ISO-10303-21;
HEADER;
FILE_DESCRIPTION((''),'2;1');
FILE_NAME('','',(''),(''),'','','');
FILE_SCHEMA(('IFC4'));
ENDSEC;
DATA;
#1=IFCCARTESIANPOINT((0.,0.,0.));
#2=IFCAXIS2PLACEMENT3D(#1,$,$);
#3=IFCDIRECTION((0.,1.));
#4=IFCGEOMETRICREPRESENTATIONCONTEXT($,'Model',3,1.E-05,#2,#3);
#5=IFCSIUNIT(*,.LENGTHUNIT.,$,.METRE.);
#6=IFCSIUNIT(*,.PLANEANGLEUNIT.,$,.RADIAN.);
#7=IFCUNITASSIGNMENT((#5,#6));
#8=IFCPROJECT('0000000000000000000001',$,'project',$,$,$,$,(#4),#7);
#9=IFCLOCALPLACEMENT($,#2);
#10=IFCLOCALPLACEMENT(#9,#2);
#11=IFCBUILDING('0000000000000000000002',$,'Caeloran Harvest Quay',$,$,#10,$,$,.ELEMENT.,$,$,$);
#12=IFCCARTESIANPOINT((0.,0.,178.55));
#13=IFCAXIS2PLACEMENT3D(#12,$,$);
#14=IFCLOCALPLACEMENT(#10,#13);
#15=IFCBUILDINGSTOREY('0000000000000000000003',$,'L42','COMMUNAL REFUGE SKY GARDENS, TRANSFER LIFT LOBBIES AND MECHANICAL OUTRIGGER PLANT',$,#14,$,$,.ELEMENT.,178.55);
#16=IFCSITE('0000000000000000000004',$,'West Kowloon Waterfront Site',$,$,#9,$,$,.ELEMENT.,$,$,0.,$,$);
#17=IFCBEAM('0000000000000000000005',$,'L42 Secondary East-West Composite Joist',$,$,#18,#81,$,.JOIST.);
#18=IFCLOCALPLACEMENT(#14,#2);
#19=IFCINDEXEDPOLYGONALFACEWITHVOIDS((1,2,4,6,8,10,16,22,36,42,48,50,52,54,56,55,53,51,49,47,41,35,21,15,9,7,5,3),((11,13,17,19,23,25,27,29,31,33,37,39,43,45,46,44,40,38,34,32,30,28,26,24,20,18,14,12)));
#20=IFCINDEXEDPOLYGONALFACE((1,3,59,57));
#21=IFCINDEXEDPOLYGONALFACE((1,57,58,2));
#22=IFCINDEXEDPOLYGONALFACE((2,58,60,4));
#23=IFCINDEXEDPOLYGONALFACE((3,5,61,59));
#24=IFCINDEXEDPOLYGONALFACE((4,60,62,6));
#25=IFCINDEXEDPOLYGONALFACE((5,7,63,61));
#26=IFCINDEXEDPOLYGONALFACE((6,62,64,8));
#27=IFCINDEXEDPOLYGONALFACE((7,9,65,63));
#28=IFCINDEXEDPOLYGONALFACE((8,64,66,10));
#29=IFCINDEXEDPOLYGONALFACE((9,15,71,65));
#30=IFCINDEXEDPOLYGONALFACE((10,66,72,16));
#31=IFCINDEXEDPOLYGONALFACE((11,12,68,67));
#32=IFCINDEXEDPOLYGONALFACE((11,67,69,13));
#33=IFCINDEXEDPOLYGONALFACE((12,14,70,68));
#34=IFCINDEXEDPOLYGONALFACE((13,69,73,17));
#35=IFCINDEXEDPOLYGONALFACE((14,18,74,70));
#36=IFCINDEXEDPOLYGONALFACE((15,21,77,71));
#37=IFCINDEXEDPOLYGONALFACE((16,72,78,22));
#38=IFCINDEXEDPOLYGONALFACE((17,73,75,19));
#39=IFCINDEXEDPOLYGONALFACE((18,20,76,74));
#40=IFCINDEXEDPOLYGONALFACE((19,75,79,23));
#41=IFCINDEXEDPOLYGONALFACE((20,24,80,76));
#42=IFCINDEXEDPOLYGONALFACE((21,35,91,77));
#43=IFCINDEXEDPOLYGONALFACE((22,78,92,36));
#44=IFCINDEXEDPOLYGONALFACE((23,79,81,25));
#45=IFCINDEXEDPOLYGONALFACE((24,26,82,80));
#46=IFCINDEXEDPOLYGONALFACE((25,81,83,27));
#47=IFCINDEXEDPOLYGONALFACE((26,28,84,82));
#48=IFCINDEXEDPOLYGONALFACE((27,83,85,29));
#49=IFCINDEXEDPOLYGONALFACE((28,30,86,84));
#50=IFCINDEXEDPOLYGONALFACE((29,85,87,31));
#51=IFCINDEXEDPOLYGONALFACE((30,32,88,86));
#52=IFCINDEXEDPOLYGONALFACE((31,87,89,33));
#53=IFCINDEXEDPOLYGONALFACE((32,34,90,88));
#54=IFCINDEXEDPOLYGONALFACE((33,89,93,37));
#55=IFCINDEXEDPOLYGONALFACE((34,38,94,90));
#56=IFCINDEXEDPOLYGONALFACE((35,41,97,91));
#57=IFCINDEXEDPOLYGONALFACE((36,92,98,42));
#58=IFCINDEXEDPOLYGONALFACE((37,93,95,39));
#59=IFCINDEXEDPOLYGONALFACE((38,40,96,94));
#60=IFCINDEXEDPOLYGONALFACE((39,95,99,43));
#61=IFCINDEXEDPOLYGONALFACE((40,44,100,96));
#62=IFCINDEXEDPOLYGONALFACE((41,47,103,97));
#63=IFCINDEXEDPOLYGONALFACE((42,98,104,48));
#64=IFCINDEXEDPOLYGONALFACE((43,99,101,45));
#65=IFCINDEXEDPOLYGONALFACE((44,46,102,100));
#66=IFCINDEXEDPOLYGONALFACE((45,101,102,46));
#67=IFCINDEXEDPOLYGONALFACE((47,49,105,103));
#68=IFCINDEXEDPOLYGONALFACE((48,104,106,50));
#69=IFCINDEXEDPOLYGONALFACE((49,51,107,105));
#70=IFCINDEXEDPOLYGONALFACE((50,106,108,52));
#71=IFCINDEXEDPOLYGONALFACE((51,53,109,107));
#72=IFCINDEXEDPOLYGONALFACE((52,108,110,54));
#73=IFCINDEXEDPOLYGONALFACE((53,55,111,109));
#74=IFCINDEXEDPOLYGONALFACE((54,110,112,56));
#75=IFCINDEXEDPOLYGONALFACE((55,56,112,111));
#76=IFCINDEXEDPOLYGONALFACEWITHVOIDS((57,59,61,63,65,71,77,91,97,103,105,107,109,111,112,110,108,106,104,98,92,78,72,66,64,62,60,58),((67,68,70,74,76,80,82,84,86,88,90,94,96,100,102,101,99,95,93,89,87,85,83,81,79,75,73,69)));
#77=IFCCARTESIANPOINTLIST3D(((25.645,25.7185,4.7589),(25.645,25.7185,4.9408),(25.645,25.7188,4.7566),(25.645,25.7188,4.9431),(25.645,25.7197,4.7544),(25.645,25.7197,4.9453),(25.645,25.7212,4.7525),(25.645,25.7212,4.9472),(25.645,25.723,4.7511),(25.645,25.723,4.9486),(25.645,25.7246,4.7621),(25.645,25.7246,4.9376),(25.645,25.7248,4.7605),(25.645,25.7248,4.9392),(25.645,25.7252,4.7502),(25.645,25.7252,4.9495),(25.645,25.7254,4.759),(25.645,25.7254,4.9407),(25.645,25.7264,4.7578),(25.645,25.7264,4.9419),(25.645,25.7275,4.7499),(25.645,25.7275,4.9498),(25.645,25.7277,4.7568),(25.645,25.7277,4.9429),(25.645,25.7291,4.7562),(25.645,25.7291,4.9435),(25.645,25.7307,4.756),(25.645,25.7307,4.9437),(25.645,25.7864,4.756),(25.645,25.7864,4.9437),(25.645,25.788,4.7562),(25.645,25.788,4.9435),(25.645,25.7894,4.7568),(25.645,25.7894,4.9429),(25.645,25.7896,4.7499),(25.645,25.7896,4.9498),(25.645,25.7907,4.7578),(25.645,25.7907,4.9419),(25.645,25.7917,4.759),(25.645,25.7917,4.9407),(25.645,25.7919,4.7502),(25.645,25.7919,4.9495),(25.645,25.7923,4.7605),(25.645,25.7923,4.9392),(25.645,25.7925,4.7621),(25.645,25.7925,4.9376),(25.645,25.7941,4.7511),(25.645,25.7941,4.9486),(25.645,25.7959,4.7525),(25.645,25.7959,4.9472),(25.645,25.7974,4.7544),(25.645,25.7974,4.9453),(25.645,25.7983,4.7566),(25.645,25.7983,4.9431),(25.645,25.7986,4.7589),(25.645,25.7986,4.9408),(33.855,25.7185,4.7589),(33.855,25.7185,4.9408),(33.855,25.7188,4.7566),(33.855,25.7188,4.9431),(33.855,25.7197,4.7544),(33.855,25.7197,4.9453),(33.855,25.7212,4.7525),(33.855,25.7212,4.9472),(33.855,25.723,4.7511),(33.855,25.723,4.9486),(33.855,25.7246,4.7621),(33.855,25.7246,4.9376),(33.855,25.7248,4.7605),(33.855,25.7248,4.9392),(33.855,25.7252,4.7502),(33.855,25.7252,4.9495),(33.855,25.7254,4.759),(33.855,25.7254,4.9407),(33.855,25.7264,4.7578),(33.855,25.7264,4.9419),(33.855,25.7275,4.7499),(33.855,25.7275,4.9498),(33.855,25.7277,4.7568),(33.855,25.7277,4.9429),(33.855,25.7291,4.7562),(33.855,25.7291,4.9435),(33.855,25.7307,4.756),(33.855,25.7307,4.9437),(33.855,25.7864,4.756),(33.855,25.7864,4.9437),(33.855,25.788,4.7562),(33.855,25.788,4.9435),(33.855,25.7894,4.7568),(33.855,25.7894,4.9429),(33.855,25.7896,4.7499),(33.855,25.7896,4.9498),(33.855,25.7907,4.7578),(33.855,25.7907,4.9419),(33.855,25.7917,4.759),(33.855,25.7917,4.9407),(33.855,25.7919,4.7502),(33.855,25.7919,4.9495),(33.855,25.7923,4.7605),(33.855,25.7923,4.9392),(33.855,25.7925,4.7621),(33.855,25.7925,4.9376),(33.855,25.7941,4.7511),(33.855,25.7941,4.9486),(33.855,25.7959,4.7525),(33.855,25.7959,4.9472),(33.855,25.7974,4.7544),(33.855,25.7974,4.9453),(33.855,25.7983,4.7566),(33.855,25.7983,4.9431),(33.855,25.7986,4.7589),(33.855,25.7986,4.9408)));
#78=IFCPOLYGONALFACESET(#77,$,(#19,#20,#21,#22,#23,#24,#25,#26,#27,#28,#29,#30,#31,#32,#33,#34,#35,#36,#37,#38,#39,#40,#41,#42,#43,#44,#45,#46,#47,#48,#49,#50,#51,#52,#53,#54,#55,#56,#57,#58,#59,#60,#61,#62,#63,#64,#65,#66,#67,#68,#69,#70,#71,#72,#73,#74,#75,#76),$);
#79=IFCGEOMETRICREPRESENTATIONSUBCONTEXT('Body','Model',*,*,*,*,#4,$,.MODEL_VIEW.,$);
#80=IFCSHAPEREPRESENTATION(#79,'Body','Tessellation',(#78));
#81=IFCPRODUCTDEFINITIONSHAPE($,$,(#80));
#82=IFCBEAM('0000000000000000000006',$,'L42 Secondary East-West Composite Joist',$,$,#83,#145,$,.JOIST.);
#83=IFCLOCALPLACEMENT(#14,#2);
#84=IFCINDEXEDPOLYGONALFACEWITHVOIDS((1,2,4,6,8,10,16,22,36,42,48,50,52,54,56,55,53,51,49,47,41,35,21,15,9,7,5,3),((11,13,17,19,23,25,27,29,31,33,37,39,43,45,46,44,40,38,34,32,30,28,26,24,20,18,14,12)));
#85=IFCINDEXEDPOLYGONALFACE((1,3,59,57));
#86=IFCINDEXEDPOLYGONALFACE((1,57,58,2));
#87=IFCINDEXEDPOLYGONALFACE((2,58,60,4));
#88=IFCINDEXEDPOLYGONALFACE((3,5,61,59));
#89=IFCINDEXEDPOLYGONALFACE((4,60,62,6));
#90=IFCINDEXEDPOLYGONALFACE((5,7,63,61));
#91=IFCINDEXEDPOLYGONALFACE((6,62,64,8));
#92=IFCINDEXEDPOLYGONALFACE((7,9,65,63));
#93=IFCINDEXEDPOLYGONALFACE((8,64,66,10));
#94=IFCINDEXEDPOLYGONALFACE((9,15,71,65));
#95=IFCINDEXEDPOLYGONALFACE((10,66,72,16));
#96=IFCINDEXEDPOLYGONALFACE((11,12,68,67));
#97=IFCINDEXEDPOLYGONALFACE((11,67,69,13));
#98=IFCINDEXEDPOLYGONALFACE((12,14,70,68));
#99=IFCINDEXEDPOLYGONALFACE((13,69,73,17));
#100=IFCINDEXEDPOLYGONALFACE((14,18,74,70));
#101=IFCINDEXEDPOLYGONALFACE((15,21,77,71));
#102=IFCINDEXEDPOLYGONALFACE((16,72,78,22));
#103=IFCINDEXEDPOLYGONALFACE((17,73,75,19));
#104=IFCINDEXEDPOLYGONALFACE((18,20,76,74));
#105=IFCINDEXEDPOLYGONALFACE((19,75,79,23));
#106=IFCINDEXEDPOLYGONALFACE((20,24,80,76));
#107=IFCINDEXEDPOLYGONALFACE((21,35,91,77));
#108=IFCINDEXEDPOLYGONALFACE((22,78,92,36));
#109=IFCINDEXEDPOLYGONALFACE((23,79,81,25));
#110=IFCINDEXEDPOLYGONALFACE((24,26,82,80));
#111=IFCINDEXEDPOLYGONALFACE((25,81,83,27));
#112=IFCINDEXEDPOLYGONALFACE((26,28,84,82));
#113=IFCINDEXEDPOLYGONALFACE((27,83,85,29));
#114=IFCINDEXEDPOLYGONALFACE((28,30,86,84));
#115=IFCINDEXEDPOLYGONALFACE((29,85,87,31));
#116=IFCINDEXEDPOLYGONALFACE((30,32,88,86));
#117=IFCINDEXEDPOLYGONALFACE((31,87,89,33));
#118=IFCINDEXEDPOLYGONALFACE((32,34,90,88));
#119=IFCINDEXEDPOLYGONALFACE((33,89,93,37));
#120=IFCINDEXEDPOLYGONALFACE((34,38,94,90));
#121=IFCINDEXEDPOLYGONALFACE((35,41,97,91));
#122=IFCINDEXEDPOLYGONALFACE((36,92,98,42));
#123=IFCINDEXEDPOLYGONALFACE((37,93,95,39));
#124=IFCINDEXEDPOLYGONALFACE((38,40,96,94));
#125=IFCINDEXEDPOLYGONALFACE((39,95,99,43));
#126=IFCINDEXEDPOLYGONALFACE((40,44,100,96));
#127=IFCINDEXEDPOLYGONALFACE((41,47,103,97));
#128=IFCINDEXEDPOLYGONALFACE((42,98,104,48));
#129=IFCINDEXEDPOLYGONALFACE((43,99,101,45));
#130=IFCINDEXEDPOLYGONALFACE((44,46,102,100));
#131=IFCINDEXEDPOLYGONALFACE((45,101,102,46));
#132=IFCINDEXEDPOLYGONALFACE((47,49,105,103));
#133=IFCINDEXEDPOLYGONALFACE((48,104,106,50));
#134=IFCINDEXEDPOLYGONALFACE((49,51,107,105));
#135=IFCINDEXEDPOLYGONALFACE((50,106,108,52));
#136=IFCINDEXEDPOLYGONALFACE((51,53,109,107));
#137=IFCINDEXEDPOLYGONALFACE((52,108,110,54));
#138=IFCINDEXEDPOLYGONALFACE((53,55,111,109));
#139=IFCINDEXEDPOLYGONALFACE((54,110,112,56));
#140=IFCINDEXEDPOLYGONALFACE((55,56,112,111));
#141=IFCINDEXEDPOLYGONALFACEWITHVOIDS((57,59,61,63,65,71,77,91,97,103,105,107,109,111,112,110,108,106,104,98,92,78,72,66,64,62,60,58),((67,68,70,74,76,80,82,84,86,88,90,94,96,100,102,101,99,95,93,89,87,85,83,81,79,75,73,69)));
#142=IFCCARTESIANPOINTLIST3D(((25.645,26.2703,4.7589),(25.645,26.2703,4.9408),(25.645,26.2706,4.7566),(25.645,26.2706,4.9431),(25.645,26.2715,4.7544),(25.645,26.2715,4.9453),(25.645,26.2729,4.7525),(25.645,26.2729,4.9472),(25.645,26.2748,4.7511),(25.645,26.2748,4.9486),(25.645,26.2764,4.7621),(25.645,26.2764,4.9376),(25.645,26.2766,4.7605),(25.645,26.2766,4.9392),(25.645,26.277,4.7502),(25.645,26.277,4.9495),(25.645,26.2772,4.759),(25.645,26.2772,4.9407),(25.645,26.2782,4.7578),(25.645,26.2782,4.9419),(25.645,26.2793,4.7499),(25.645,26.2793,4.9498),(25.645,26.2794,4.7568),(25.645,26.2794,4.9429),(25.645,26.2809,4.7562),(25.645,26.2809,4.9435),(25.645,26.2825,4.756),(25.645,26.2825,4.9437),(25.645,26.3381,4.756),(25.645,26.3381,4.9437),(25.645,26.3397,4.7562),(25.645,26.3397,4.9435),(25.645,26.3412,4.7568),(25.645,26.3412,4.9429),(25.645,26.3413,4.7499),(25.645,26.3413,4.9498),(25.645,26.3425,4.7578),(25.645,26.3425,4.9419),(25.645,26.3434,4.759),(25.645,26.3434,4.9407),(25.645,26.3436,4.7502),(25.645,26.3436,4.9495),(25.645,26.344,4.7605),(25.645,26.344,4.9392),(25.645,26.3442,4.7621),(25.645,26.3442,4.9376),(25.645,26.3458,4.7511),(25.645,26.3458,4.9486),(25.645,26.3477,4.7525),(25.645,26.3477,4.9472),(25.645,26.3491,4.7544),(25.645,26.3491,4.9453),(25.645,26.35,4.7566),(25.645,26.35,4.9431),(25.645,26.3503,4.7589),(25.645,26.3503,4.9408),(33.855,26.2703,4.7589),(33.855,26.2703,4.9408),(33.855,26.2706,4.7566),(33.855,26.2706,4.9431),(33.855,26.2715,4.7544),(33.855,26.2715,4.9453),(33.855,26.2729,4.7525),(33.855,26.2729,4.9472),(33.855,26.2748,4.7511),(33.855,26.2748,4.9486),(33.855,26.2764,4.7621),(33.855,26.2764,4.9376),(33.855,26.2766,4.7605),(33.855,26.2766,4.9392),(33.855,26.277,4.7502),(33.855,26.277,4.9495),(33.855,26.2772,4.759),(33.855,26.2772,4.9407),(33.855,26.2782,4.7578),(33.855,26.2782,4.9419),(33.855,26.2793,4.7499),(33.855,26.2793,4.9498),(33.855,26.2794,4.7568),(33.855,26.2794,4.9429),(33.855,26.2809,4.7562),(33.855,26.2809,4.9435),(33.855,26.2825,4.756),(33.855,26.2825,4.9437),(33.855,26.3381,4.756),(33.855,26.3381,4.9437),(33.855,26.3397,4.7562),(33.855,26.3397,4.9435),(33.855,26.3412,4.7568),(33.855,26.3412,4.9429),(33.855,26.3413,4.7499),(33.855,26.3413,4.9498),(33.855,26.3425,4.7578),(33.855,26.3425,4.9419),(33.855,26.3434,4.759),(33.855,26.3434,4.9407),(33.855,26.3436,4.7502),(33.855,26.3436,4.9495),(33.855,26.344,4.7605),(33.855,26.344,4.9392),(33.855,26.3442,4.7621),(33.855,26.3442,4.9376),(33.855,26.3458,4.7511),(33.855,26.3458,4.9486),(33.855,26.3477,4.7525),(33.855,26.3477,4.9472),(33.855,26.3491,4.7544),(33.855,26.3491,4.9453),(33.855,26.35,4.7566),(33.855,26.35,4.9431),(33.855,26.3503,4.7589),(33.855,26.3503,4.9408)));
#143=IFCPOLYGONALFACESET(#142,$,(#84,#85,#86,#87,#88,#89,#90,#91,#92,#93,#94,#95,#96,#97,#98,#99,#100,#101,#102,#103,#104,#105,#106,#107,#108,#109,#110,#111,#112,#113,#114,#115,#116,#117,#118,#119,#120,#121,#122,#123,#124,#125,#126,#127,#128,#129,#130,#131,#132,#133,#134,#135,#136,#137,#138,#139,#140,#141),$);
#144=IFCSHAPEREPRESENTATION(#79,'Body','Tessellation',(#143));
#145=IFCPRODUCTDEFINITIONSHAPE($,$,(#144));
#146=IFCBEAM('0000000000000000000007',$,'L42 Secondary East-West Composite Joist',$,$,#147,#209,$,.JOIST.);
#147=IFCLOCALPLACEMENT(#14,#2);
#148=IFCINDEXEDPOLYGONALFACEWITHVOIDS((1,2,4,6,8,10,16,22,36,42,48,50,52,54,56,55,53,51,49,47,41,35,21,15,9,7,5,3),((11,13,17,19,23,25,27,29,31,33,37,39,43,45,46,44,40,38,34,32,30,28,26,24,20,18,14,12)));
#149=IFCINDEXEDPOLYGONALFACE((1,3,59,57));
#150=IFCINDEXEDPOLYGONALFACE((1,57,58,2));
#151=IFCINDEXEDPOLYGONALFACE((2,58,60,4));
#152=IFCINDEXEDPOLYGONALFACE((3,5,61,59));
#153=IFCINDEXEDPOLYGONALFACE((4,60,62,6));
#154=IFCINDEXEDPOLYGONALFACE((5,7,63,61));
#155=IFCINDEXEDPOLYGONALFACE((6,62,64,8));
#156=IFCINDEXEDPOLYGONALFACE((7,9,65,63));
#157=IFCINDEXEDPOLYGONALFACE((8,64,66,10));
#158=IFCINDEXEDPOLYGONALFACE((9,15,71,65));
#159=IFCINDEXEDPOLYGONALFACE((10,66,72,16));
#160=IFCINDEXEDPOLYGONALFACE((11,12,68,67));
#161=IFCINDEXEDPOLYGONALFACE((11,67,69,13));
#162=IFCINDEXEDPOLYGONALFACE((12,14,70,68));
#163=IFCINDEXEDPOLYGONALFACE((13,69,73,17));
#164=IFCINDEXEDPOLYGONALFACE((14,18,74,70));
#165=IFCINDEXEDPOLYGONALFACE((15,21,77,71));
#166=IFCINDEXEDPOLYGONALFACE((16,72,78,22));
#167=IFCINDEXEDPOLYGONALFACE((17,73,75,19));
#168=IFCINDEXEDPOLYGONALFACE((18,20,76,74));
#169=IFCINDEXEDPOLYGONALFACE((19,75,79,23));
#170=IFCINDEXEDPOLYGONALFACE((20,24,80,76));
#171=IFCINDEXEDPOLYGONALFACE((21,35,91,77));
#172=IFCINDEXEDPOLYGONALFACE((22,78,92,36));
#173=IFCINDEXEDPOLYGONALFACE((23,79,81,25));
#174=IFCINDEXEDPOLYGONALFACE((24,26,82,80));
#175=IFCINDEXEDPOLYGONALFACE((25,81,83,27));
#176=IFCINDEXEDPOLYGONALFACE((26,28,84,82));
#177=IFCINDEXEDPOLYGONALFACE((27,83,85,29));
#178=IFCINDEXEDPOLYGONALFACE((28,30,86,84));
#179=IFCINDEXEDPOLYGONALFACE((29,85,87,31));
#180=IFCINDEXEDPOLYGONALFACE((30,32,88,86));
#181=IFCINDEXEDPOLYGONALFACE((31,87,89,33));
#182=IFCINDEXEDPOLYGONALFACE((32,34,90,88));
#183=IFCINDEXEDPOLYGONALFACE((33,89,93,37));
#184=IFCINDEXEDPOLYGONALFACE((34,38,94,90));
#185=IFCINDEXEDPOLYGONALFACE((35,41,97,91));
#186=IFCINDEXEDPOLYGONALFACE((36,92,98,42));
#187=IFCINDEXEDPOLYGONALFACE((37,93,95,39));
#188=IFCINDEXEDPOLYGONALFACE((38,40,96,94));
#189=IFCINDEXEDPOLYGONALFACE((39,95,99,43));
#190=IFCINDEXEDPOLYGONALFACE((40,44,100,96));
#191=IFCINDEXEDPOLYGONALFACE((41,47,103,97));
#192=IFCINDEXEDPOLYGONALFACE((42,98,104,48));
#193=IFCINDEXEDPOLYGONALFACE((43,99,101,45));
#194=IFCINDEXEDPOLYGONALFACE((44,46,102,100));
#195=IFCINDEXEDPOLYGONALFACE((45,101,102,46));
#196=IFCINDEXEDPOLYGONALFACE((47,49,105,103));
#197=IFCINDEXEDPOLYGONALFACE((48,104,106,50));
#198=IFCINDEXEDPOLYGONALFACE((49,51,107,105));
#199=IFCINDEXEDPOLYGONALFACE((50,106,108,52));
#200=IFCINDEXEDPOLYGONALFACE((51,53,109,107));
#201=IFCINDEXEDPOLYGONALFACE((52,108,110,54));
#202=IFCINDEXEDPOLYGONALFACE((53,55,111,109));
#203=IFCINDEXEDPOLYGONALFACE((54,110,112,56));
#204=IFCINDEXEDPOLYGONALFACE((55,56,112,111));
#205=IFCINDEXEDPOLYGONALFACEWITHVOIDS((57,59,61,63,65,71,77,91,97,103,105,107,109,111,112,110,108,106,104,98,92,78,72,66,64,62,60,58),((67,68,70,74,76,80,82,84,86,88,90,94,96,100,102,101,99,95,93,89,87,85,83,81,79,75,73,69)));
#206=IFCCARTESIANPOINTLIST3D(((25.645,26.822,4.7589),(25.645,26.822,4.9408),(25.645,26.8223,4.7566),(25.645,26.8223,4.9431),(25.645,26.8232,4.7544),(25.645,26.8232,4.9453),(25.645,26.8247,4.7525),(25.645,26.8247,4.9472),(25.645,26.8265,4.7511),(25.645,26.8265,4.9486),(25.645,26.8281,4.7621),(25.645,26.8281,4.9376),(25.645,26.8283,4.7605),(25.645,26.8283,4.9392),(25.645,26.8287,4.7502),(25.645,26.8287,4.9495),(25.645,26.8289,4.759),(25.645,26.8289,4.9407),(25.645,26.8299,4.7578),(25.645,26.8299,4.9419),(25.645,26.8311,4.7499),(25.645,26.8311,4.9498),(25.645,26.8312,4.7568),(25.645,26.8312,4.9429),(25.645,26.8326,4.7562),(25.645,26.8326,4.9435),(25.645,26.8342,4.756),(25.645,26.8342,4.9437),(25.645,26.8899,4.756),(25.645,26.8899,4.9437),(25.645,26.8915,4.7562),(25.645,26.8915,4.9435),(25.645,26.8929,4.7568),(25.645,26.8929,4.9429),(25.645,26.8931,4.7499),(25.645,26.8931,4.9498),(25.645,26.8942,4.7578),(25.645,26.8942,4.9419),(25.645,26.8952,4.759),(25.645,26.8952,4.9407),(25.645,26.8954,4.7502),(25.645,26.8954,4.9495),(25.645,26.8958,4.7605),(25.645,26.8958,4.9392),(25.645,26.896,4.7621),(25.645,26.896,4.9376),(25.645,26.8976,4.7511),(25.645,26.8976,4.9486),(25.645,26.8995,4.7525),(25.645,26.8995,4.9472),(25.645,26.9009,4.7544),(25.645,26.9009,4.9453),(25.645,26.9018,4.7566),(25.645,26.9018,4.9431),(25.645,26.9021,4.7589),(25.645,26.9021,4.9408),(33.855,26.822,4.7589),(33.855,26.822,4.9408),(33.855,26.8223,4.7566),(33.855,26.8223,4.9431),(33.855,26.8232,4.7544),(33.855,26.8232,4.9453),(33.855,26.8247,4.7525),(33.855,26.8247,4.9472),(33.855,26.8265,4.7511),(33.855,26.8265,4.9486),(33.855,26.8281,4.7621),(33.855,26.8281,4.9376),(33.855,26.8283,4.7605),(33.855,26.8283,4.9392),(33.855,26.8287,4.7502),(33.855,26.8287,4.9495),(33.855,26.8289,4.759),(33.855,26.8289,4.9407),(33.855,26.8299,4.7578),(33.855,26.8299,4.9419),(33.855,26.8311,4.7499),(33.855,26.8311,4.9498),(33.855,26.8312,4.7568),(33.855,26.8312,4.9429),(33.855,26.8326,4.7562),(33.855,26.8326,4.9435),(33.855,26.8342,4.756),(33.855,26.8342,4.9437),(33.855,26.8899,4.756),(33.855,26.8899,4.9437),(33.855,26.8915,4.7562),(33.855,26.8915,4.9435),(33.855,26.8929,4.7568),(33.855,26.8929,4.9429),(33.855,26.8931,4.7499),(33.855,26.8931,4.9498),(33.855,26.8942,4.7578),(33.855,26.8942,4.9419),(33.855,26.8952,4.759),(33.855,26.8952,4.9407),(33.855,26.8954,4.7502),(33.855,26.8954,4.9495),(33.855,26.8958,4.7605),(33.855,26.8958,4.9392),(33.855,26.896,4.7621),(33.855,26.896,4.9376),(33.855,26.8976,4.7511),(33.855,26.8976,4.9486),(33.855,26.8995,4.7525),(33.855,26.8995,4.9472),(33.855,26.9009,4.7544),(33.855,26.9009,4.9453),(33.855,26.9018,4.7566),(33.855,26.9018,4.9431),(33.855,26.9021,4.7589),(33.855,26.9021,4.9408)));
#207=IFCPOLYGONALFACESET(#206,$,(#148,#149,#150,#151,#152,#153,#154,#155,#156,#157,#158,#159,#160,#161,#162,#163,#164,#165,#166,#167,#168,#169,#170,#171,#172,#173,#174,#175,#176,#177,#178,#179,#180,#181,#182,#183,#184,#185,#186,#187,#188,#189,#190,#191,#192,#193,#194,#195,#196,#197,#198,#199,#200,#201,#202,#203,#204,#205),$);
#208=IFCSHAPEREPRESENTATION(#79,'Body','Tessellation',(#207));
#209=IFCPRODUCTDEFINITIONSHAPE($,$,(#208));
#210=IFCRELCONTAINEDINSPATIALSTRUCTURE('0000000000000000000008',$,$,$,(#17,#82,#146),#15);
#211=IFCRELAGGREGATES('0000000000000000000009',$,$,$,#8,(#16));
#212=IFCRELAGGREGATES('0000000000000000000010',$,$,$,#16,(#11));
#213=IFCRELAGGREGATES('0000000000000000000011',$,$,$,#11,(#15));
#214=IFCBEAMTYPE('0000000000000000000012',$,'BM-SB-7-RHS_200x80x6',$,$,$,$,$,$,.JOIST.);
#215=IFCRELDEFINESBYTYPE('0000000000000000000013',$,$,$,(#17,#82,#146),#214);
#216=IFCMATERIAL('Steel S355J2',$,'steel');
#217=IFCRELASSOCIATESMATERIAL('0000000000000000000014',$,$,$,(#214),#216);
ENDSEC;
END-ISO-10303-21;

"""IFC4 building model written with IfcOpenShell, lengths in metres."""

from ifc_helpers import new_model, si_unit, direction, frame, origin, origin_2d, place, context, subcontext, project, spatial, hollow_rectangle, extrude, material, material_profile, profile_set, type_object, element, save


model = new_model("IFC4")

# Units and contexts
model_context = context("Model", 3, precision=1e-05, world=origin(), true_north=direction((0.0, 1.0)))
body_context = subcontext(model_context, "Body", "Model", "MODEL_VIEW")
ifc_project = project(units=[si_unit("LENGTHUNIT", "METRE"), si_unit("PLANEANGLEUNIT", "RADIAN")], contexts=[model_context])

# Site, building, storey
site_placement = place(None, origin())
site = spatial("IfcSite", under=ifc_project, at=site_placement, Name="West Kowloon Waterfront Site", CompositionType="ELEMENT", RefElevation=0.0)
building_placement = place(site_placement, origin())
building = spatial("IfcBuilding", under=site, at=building_placement, Name="Caeloran Harvest Quay", CompositionType="ELEMENT")
storey_placement = place(building_placement, frame((0.0, 0.0, 178.55)))
storey = spatial("IfcBuildingStorey", under=building, at=storey_placement, Name="L42", Description="COMMUNAL REFUGE SKY GARDENS, TRANSFER LIFT LOBBIES AND MECHANICAL OUTRIGGER PLANT", CompositionType="ELEMENT", Elevation=178.55)

# Beams
ifc_material_1 = material(Name="Steel S355J2", Category="steel")
ifc_material_profile_1 = material_profile(ifc_material_1, hollow_rectangle(XDim=0.0801, YDim=0.2, WallThickness=0.0061, InnerFilletRadius=0.0061, OuterFilletRadius=0.009, at=origin_2d()), Name="RHS 200x80x6")
ifc_profile_set_1 = profile_set([ifc_material_profile_1], Name="Steel S355J2")
beam_type_1 = type_object("IfcBeamType", Name="BM-SB-7-RHS_200x80x6", PredefinedType="JOIST", material=ifc_profile_set_1)
for number, where, z_axis, x_axis, name in (
    (1, (25.645, 25.7585, 4.8499), (1.0, 0.0, 0.0), (0.0, 1.0, 0.0), "L42 Secondary East-West Composite Joist"),
    (2, (25.645, 26.3103, 4.8499), (1.0, 0.0, 0.0), (0.0, 1.0, 0.0), "L42 Secondary East-West Composite Joist"),
    (3, (25.645, 26.8621, 4.8499), (1.0, 0.0, 0.0), (0.0, 1.0, 0.0), "L42 Secondary East-West Composite Joist"),
):
    element("IfcBeam", number, at=place(storey_placement, frame(where, z_axis=z_axis, x_axis=x_axis)), inside=storey, type_object=beam_type_1, Name=name, PredefinedType="JOIST", context=body_context, shape_type="SweptSolid", body=[
        extrude(hollow_rectangle(XDim=0.0801, YDim=0.2, WallThickness=0.0061, InnerFilletRadius=0.0061, OuterFilletRadius=0.009, at=origin_2d()), origin(), (0.0, 0.0, 1.0), 8.21),
    ])

save(model, "model.ifc")
